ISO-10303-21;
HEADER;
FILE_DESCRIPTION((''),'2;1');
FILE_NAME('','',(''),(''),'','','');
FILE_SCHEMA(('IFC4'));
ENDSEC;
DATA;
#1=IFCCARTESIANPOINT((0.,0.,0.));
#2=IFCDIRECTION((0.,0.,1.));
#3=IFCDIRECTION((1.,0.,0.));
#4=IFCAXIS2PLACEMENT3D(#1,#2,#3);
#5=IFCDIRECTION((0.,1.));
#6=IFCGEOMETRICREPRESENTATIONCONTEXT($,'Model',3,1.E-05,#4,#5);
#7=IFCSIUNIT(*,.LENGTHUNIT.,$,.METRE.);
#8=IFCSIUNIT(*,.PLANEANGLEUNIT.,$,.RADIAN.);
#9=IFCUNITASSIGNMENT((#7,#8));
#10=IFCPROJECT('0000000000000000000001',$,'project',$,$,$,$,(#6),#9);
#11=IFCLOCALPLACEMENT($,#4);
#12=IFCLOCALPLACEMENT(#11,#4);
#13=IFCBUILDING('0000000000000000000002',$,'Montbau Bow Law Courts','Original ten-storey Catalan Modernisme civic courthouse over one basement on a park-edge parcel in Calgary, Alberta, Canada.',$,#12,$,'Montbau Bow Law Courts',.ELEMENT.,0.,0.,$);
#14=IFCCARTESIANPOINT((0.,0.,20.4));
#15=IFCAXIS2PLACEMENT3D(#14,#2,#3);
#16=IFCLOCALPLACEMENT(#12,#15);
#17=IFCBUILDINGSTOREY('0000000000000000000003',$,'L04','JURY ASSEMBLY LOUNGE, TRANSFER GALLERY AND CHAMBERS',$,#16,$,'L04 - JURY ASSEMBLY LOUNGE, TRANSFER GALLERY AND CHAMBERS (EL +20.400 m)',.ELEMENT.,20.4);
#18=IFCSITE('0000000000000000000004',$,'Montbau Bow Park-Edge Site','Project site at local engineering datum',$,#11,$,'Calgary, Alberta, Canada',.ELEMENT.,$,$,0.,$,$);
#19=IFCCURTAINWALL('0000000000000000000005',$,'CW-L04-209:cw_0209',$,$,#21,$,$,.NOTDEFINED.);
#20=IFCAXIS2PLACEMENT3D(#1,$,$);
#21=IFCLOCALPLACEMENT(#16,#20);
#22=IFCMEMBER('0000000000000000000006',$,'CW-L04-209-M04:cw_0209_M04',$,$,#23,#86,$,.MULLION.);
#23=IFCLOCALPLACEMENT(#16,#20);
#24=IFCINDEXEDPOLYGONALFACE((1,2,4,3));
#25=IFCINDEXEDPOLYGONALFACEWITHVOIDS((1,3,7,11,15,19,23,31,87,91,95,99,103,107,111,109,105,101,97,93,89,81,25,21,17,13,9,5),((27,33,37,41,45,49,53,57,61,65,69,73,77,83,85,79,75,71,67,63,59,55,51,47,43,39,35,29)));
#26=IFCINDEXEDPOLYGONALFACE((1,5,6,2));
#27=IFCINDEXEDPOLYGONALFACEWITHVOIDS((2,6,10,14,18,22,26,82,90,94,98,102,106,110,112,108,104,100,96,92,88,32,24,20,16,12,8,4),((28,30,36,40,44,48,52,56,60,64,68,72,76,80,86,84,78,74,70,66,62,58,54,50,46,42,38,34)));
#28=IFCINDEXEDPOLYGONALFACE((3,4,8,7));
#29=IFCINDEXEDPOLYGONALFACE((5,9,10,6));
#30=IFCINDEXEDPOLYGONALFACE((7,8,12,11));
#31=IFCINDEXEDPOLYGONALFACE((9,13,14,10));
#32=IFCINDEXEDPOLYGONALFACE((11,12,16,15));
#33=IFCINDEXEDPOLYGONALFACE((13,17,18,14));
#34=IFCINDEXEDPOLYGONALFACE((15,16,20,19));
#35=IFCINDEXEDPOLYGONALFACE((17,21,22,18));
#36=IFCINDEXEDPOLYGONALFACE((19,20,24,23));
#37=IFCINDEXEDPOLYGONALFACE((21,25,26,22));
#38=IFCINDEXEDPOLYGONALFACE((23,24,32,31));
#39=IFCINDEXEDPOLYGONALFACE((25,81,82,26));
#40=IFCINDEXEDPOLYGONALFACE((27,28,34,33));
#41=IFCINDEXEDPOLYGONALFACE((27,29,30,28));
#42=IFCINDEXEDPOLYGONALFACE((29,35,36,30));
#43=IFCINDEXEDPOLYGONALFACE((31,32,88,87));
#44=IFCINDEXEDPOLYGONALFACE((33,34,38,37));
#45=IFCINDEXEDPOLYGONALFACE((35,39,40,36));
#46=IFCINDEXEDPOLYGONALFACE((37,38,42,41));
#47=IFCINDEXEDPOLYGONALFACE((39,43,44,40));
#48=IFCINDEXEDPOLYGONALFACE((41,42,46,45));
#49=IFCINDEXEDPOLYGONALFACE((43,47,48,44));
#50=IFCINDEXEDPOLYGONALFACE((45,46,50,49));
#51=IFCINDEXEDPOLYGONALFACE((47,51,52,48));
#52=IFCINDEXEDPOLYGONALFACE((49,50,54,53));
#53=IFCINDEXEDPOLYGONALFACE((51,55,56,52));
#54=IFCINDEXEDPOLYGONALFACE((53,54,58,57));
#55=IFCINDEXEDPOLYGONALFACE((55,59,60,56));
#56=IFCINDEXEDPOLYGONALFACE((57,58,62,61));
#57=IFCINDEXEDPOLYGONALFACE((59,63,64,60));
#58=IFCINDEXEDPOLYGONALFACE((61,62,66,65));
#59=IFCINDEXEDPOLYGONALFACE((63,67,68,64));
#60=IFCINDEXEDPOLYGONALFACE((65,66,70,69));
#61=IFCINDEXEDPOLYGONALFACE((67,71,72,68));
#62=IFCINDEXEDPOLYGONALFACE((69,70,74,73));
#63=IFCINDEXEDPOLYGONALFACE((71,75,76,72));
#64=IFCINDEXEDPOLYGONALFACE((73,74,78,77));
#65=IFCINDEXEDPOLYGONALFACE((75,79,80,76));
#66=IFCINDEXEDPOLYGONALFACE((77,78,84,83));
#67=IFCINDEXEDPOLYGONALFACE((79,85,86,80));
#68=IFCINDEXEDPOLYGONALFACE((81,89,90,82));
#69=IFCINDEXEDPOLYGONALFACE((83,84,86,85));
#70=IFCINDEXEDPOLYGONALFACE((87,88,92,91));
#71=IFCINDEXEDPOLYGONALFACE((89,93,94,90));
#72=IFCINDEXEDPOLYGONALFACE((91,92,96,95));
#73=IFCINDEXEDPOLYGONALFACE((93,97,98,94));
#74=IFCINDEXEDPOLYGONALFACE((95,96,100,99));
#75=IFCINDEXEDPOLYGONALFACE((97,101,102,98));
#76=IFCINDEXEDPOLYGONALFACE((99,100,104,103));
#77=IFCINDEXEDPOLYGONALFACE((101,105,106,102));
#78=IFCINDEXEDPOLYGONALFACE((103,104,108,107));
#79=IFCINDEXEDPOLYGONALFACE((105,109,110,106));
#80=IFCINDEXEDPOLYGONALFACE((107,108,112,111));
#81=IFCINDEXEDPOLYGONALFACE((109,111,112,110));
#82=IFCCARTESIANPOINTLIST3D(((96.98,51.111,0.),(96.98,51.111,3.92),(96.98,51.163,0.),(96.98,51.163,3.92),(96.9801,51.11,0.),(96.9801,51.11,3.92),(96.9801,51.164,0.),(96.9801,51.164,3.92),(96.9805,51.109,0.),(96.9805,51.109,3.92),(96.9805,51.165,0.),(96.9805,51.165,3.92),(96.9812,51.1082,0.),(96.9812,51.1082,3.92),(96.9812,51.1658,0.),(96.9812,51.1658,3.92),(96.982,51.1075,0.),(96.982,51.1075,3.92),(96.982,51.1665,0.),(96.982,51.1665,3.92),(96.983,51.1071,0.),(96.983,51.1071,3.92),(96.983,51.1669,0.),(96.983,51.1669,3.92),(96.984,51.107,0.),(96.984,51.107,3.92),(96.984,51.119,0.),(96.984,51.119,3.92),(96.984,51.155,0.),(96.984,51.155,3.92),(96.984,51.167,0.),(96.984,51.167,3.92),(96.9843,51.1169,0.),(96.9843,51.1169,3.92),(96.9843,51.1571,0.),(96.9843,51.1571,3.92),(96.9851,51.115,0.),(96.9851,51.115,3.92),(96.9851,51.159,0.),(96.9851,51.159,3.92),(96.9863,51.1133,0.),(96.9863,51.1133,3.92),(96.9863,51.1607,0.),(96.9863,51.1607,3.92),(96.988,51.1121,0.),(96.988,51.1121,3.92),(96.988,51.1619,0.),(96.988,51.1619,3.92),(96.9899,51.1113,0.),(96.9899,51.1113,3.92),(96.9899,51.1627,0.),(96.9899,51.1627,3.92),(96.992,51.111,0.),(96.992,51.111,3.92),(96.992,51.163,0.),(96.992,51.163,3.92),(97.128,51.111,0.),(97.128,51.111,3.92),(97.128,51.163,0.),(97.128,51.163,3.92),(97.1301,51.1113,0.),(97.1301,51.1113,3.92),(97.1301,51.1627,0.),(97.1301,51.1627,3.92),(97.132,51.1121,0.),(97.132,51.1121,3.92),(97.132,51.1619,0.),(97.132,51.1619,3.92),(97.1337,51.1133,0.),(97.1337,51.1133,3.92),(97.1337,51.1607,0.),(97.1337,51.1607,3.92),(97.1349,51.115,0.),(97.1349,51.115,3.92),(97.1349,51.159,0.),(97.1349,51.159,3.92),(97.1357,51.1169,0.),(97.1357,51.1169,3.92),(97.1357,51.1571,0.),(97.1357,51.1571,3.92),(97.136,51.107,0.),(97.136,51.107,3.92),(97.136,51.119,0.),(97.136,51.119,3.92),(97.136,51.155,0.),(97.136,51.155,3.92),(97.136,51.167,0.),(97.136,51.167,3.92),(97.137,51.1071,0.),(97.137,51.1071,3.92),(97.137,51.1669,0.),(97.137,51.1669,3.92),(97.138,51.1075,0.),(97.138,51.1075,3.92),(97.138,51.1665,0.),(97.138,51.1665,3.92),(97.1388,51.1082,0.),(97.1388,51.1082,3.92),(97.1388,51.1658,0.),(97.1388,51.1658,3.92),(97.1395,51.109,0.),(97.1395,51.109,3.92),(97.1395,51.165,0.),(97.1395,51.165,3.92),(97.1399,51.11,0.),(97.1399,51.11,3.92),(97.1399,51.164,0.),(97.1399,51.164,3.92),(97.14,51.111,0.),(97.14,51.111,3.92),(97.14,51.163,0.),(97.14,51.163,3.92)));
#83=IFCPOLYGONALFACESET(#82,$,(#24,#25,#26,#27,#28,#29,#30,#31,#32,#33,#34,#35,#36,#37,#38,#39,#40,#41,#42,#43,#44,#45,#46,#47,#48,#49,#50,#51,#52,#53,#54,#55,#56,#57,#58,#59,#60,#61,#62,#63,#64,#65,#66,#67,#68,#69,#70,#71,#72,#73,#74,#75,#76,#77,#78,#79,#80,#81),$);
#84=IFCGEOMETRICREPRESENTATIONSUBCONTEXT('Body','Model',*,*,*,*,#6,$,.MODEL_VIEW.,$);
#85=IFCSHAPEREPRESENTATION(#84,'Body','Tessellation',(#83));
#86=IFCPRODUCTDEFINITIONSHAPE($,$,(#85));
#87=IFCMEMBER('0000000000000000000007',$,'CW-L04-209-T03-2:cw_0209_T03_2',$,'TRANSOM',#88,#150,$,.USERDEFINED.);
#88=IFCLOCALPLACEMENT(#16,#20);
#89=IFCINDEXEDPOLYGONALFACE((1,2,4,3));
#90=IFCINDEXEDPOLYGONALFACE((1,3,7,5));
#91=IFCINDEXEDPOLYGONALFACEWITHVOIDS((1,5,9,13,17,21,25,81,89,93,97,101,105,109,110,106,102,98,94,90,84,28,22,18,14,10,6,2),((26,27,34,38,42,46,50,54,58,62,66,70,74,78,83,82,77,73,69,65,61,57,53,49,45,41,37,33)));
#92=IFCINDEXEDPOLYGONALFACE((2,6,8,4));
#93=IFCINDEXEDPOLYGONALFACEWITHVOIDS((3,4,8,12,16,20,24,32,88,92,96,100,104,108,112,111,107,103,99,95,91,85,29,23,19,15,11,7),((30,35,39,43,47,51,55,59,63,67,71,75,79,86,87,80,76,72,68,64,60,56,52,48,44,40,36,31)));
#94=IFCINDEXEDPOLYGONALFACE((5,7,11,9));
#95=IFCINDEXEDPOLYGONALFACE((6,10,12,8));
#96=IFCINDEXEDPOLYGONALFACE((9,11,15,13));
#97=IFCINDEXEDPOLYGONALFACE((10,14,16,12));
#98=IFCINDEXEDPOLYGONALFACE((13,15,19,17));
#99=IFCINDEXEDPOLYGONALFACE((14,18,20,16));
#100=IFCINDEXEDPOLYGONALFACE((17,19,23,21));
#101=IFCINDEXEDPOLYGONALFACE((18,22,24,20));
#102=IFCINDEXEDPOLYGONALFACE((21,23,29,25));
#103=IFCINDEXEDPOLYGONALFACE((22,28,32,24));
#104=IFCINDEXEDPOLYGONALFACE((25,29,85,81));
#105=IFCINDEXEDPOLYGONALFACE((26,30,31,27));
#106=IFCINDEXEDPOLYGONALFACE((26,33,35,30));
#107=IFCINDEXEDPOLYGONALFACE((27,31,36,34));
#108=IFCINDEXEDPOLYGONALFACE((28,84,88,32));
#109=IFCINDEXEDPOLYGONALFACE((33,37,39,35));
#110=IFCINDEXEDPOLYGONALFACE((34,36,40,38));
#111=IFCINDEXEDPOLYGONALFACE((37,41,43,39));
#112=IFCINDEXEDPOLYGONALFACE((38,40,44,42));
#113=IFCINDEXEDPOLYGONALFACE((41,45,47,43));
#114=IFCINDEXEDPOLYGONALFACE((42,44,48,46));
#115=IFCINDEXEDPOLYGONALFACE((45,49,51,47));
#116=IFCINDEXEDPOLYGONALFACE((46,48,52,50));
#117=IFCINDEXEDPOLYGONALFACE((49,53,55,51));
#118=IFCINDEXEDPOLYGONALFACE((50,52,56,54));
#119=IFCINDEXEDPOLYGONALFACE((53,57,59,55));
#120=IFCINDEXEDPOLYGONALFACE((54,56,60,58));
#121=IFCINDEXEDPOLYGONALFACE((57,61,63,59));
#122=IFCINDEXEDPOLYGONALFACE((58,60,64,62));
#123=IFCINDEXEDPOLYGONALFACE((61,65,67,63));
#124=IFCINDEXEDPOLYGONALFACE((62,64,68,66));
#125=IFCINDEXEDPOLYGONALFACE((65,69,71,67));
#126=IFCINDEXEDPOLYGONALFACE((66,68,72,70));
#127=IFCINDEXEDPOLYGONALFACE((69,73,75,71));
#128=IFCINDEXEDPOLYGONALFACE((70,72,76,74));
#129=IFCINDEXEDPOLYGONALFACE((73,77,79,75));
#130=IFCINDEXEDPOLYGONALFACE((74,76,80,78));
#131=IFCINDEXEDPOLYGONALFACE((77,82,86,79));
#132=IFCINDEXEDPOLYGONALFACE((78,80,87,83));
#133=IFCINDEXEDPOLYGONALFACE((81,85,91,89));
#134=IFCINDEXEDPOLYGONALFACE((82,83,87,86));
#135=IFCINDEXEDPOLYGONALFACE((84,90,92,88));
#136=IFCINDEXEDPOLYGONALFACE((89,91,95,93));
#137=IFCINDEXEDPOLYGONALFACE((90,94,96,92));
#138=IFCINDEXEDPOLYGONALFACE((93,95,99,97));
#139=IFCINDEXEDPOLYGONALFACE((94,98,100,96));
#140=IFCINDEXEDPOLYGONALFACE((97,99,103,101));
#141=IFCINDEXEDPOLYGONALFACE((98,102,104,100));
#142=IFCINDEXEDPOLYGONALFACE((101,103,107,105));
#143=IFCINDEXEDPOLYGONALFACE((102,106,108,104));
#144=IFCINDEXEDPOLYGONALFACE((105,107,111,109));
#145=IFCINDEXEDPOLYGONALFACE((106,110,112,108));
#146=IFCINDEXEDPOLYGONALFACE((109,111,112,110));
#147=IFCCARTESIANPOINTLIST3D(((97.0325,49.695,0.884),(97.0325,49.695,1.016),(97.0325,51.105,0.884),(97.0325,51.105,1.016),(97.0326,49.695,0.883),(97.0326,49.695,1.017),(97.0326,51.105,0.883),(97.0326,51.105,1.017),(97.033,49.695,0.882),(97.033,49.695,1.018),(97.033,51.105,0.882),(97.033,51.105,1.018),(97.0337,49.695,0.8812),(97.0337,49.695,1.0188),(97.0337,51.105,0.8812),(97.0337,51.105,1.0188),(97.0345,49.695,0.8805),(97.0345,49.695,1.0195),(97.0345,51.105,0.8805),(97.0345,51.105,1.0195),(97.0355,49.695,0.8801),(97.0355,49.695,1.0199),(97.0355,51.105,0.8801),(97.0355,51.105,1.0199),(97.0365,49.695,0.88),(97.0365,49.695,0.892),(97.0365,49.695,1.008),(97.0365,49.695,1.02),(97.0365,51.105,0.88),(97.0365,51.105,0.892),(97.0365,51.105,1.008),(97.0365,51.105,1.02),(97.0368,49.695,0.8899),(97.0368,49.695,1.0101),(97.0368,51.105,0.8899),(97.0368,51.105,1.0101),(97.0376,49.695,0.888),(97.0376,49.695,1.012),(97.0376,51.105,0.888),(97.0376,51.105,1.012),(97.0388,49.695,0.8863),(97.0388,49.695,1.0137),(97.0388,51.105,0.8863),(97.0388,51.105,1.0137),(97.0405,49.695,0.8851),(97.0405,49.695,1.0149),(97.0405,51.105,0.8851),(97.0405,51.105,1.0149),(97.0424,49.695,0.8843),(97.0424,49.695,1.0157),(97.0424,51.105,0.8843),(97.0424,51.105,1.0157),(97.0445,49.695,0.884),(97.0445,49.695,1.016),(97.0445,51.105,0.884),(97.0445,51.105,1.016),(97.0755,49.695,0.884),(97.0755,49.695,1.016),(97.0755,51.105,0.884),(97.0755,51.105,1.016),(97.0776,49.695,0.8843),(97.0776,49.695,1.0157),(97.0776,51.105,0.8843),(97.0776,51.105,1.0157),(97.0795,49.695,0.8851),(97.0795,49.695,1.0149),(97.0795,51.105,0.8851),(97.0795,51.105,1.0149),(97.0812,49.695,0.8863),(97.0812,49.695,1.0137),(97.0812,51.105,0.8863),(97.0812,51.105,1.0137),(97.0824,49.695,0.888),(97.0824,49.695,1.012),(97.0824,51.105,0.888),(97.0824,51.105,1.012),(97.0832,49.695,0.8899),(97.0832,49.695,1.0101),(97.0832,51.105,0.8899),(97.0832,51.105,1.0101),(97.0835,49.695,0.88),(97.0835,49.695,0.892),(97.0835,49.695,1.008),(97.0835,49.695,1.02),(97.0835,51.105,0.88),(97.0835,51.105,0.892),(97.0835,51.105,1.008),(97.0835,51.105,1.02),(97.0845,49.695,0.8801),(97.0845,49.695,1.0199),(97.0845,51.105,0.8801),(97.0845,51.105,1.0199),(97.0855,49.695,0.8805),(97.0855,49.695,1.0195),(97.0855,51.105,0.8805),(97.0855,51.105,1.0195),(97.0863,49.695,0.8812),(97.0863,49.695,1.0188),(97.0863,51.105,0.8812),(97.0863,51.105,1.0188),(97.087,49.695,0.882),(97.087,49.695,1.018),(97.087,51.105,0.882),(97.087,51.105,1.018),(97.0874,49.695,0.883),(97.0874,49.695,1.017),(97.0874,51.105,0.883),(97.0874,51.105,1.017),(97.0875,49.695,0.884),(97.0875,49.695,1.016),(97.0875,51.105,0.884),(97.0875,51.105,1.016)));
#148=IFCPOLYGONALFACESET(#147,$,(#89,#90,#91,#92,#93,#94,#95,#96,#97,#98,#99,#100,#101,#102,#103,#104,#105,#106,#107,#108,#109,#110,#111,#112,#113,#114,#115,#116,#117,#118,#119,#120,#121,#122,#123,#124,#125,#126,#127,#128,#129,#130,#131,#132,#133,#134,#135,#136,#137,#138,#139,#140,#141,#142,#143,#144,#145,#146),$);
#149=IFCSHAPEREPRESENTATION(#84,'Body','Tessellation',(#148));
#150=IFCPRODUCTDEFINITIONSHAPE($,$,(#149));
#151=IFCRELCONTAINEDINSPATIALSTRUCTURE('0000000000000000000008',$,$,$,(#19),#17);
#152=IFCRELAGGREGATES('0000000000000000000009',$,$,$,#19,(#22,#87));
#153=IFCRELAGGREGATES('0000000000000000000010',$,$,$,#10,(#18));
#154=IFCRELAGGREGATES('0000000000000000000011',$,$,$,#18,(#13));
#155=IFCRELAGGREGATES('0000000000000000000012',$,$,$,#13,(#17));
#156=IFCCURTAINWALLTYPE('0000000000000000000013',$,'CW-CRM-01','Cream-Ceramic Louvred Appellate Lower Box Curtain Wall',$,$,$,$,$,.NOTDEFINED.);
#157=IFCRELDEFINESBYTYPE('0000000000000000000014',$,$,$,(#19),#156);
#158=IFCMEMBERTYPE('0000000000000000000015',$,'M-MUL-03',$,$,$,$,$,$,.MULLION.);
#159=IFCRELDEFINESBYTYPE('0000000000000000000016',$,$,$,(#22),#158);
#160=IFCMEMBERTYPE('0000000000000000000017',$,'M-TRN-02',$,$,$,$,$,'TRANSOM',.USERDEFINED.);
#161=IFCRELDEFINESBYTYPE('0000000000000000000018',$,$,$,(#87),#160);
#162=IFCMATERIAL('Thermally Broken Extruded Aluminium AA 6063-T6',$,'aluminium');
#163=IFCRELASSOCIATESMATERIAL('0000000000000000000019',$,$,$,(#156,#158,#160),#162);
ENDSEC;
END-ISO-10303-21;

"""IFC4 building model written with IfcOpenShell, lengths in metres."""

from ifc_helpers import new_model, si_unit, direction, frame, origin_with_axes, origin_2d_with_axis, place, context, subcontext, project, spatial, hollow_rectangle, extrude, material, material_profile, profile_set, type_object, element, aggregate, save


model = new_model("IFC4")

# Units and contexts
model_context = context("Model", 3, precision=1e-05, world=origin_with_axes(), true_north=direction((0.0, 1.0)))
body_context = subcontext(model_context, "Body", "Model", "MODEL_VIEW")
ifc_project = project(units=[si_unit("LENGTHUNIT", "METRE"), si_unit("PLANEANGLEUNIT", "RADIAN")], contexts=[model_context])

# Site, building, storey
site_placement = place(None, origin_with_axes())
site = spatial("IfcSite", under=ifc_project, at=site_placement, Name="Montbau Bow Park-Edge Site", Description="Project site at local engineering datum", LongName="Calgary, Alberta, Canada", CompositionType="ELEMENT", RefElevation=0.0)
building_placement = place(site_placement, origin_with_axes())
building = spatial("IfcBuilding", under=site, at=building_placement, Name="Montbau Bow Law Courts", Description="Original ten-storey Catalan Modernisme civic courthouse over one basement on a park-edge parcel in Calgary, Alberta, Canada.", LongName="Montbau Bow Law Courts", CompositionType="ELEMENT", ElevationOfRefHeight=0.0, ElevationOfTerrain=0.0)
storey_placement = place(building_placement, frame((0.0, 0.0, 20.4), z_axis=(0.0, 0.0, 1.0), x_axis=(1.0, 0.0, 0.0)))
storey = spatial("IfcBuildingStorey", under=building, at=storey_placement, Name="L04", Description="JURY ASSEMBLY LOUNGE, TRANSFER GALLERY AND CHAMBERS", LongName="L04 - JURY ASSEMBLY LOUNGE, TRANSFER GALLERY AND CHAMBERS (EL +20.400 m)", CompositionType="ELEMENT", Elevation=20.4)

# Curtain wall, members
ifc_material_1 = material(Name="Thermally Broken Extruded Aluminium AA 6063-T6", Category="aluminium")
curtain_wall_type = type_object("IfcCurtainWallType", Name="CW-CRM-01", Description="Cream-Ceramic Louvred Appellate Lower Box Curtain Wall", PredefinedType="NOTDEFINED", material=ifc_material_1)
curtain_wall_placement = place(None, frame((97.06, 46.715, 20.4), z_axis=(0.0, 0.0, 1.0), x_axis=(1.0, 0.0, 0.0)))
curtain_wall = element("IfcCurtainWall", 1, at=curtain_wall_placement, inside=storey, type_object=curtain_wall_type, Name="CW-L04-209:cw_0209", PredefinedType="NOTDEFINED")
ifc_material_profile_1 = material_profile(ifc_material_1, hollow_rectangle(XDim=0.06, YDim=0.16, WallThickness=0.004, InnerFilletRadius=0.008, OuterFilletRadius=0.004, at=origin_2d_with_axis()), Name="CWM-160X60", Category="Main", Priority=0)
ifc_profile_set_1 = profile_set([ifc_material_profile_1], Name="Thermally Broken Extruded Aluminium AA 6063-T6")
member_type_1 = type_object("IfcMemberType", Name="M-MUL-03", PredefinedType="MULLION", material=ifc_profile_set_1)
member_1_placement = place(None, frame((97.06, 51.137, 20.4), z_axis=(0.0, 0.0, 1.0), x_axis=(0.0, 1.0, 0.0)))
member_1 = element("IfcMember", 2, at=member_1_placement, type_object=member_type_1, Name="CW-L04-209-M04:cw_0209_M04", PredefinedType="MULLION", context=body_context, shape_type="SweptSolid", body=[
    extrude(hollow_rectangle(XDim=0.06, YDim=0.16, WallThickness=0.004, InnerFilletRadius=0.008, OuterFilletRadius=0.004, at=origin_2d_with_axis()), origin_with_axes(), (0.0, 0.0, 1.0), 3.92),
])
ifc_material_profile_2 = material_profile(ifc_material_1, hollow_rectangle(XDim=0.055, YDim=0.14, WallThickness=0.004, InnerFilletRadius=0.008, OuterFilletRadius=0.004, at=origin_2d_with_axis()), Name="CWT-140X55", Category="Main", Priority=0)
ifc_profile_set_2 = profile_set([ifc_material_profile_2], Name="Thermally Broken Extruded Aluminium AA 6063-T6")
member_type_2 = type_object("IfcMemberType", Name="M-TRN-02", ElementType="TRANSOM", PredefinedType="USERDEFINED", material=ifc_profile_set_2)
member_2_placement = place(None, frame((97.06, 49.695, 21.35), z_axis=(0.0, 1.0, 0.0), x_axis=(-1.0, 0.0, 0.0)))
member_2 = element("IfcMember", 3, at=member_2_placement, type_object=member_type_2, Name="CW-L04-209-T03-2:cw_0209_T03_2", ObjectType="TRANSOM", PredefinedType="USERDEFINED", context=body_context, shape_type="SweptSolid", body=[
    extrude(hollow_rectangle(XDim=0.055, YDim=0.14, WallThickness=0.004, InnerFilletRadius=0.008, OuterFilletRadius=0.004, at=origin_2d_with_axis()), origin_with_axes(), (0.0, 0.0, 1.0), 1.41),
])
aggregate(curtain_wall, [member_1, member_2])

save(model, "model.ifc")
